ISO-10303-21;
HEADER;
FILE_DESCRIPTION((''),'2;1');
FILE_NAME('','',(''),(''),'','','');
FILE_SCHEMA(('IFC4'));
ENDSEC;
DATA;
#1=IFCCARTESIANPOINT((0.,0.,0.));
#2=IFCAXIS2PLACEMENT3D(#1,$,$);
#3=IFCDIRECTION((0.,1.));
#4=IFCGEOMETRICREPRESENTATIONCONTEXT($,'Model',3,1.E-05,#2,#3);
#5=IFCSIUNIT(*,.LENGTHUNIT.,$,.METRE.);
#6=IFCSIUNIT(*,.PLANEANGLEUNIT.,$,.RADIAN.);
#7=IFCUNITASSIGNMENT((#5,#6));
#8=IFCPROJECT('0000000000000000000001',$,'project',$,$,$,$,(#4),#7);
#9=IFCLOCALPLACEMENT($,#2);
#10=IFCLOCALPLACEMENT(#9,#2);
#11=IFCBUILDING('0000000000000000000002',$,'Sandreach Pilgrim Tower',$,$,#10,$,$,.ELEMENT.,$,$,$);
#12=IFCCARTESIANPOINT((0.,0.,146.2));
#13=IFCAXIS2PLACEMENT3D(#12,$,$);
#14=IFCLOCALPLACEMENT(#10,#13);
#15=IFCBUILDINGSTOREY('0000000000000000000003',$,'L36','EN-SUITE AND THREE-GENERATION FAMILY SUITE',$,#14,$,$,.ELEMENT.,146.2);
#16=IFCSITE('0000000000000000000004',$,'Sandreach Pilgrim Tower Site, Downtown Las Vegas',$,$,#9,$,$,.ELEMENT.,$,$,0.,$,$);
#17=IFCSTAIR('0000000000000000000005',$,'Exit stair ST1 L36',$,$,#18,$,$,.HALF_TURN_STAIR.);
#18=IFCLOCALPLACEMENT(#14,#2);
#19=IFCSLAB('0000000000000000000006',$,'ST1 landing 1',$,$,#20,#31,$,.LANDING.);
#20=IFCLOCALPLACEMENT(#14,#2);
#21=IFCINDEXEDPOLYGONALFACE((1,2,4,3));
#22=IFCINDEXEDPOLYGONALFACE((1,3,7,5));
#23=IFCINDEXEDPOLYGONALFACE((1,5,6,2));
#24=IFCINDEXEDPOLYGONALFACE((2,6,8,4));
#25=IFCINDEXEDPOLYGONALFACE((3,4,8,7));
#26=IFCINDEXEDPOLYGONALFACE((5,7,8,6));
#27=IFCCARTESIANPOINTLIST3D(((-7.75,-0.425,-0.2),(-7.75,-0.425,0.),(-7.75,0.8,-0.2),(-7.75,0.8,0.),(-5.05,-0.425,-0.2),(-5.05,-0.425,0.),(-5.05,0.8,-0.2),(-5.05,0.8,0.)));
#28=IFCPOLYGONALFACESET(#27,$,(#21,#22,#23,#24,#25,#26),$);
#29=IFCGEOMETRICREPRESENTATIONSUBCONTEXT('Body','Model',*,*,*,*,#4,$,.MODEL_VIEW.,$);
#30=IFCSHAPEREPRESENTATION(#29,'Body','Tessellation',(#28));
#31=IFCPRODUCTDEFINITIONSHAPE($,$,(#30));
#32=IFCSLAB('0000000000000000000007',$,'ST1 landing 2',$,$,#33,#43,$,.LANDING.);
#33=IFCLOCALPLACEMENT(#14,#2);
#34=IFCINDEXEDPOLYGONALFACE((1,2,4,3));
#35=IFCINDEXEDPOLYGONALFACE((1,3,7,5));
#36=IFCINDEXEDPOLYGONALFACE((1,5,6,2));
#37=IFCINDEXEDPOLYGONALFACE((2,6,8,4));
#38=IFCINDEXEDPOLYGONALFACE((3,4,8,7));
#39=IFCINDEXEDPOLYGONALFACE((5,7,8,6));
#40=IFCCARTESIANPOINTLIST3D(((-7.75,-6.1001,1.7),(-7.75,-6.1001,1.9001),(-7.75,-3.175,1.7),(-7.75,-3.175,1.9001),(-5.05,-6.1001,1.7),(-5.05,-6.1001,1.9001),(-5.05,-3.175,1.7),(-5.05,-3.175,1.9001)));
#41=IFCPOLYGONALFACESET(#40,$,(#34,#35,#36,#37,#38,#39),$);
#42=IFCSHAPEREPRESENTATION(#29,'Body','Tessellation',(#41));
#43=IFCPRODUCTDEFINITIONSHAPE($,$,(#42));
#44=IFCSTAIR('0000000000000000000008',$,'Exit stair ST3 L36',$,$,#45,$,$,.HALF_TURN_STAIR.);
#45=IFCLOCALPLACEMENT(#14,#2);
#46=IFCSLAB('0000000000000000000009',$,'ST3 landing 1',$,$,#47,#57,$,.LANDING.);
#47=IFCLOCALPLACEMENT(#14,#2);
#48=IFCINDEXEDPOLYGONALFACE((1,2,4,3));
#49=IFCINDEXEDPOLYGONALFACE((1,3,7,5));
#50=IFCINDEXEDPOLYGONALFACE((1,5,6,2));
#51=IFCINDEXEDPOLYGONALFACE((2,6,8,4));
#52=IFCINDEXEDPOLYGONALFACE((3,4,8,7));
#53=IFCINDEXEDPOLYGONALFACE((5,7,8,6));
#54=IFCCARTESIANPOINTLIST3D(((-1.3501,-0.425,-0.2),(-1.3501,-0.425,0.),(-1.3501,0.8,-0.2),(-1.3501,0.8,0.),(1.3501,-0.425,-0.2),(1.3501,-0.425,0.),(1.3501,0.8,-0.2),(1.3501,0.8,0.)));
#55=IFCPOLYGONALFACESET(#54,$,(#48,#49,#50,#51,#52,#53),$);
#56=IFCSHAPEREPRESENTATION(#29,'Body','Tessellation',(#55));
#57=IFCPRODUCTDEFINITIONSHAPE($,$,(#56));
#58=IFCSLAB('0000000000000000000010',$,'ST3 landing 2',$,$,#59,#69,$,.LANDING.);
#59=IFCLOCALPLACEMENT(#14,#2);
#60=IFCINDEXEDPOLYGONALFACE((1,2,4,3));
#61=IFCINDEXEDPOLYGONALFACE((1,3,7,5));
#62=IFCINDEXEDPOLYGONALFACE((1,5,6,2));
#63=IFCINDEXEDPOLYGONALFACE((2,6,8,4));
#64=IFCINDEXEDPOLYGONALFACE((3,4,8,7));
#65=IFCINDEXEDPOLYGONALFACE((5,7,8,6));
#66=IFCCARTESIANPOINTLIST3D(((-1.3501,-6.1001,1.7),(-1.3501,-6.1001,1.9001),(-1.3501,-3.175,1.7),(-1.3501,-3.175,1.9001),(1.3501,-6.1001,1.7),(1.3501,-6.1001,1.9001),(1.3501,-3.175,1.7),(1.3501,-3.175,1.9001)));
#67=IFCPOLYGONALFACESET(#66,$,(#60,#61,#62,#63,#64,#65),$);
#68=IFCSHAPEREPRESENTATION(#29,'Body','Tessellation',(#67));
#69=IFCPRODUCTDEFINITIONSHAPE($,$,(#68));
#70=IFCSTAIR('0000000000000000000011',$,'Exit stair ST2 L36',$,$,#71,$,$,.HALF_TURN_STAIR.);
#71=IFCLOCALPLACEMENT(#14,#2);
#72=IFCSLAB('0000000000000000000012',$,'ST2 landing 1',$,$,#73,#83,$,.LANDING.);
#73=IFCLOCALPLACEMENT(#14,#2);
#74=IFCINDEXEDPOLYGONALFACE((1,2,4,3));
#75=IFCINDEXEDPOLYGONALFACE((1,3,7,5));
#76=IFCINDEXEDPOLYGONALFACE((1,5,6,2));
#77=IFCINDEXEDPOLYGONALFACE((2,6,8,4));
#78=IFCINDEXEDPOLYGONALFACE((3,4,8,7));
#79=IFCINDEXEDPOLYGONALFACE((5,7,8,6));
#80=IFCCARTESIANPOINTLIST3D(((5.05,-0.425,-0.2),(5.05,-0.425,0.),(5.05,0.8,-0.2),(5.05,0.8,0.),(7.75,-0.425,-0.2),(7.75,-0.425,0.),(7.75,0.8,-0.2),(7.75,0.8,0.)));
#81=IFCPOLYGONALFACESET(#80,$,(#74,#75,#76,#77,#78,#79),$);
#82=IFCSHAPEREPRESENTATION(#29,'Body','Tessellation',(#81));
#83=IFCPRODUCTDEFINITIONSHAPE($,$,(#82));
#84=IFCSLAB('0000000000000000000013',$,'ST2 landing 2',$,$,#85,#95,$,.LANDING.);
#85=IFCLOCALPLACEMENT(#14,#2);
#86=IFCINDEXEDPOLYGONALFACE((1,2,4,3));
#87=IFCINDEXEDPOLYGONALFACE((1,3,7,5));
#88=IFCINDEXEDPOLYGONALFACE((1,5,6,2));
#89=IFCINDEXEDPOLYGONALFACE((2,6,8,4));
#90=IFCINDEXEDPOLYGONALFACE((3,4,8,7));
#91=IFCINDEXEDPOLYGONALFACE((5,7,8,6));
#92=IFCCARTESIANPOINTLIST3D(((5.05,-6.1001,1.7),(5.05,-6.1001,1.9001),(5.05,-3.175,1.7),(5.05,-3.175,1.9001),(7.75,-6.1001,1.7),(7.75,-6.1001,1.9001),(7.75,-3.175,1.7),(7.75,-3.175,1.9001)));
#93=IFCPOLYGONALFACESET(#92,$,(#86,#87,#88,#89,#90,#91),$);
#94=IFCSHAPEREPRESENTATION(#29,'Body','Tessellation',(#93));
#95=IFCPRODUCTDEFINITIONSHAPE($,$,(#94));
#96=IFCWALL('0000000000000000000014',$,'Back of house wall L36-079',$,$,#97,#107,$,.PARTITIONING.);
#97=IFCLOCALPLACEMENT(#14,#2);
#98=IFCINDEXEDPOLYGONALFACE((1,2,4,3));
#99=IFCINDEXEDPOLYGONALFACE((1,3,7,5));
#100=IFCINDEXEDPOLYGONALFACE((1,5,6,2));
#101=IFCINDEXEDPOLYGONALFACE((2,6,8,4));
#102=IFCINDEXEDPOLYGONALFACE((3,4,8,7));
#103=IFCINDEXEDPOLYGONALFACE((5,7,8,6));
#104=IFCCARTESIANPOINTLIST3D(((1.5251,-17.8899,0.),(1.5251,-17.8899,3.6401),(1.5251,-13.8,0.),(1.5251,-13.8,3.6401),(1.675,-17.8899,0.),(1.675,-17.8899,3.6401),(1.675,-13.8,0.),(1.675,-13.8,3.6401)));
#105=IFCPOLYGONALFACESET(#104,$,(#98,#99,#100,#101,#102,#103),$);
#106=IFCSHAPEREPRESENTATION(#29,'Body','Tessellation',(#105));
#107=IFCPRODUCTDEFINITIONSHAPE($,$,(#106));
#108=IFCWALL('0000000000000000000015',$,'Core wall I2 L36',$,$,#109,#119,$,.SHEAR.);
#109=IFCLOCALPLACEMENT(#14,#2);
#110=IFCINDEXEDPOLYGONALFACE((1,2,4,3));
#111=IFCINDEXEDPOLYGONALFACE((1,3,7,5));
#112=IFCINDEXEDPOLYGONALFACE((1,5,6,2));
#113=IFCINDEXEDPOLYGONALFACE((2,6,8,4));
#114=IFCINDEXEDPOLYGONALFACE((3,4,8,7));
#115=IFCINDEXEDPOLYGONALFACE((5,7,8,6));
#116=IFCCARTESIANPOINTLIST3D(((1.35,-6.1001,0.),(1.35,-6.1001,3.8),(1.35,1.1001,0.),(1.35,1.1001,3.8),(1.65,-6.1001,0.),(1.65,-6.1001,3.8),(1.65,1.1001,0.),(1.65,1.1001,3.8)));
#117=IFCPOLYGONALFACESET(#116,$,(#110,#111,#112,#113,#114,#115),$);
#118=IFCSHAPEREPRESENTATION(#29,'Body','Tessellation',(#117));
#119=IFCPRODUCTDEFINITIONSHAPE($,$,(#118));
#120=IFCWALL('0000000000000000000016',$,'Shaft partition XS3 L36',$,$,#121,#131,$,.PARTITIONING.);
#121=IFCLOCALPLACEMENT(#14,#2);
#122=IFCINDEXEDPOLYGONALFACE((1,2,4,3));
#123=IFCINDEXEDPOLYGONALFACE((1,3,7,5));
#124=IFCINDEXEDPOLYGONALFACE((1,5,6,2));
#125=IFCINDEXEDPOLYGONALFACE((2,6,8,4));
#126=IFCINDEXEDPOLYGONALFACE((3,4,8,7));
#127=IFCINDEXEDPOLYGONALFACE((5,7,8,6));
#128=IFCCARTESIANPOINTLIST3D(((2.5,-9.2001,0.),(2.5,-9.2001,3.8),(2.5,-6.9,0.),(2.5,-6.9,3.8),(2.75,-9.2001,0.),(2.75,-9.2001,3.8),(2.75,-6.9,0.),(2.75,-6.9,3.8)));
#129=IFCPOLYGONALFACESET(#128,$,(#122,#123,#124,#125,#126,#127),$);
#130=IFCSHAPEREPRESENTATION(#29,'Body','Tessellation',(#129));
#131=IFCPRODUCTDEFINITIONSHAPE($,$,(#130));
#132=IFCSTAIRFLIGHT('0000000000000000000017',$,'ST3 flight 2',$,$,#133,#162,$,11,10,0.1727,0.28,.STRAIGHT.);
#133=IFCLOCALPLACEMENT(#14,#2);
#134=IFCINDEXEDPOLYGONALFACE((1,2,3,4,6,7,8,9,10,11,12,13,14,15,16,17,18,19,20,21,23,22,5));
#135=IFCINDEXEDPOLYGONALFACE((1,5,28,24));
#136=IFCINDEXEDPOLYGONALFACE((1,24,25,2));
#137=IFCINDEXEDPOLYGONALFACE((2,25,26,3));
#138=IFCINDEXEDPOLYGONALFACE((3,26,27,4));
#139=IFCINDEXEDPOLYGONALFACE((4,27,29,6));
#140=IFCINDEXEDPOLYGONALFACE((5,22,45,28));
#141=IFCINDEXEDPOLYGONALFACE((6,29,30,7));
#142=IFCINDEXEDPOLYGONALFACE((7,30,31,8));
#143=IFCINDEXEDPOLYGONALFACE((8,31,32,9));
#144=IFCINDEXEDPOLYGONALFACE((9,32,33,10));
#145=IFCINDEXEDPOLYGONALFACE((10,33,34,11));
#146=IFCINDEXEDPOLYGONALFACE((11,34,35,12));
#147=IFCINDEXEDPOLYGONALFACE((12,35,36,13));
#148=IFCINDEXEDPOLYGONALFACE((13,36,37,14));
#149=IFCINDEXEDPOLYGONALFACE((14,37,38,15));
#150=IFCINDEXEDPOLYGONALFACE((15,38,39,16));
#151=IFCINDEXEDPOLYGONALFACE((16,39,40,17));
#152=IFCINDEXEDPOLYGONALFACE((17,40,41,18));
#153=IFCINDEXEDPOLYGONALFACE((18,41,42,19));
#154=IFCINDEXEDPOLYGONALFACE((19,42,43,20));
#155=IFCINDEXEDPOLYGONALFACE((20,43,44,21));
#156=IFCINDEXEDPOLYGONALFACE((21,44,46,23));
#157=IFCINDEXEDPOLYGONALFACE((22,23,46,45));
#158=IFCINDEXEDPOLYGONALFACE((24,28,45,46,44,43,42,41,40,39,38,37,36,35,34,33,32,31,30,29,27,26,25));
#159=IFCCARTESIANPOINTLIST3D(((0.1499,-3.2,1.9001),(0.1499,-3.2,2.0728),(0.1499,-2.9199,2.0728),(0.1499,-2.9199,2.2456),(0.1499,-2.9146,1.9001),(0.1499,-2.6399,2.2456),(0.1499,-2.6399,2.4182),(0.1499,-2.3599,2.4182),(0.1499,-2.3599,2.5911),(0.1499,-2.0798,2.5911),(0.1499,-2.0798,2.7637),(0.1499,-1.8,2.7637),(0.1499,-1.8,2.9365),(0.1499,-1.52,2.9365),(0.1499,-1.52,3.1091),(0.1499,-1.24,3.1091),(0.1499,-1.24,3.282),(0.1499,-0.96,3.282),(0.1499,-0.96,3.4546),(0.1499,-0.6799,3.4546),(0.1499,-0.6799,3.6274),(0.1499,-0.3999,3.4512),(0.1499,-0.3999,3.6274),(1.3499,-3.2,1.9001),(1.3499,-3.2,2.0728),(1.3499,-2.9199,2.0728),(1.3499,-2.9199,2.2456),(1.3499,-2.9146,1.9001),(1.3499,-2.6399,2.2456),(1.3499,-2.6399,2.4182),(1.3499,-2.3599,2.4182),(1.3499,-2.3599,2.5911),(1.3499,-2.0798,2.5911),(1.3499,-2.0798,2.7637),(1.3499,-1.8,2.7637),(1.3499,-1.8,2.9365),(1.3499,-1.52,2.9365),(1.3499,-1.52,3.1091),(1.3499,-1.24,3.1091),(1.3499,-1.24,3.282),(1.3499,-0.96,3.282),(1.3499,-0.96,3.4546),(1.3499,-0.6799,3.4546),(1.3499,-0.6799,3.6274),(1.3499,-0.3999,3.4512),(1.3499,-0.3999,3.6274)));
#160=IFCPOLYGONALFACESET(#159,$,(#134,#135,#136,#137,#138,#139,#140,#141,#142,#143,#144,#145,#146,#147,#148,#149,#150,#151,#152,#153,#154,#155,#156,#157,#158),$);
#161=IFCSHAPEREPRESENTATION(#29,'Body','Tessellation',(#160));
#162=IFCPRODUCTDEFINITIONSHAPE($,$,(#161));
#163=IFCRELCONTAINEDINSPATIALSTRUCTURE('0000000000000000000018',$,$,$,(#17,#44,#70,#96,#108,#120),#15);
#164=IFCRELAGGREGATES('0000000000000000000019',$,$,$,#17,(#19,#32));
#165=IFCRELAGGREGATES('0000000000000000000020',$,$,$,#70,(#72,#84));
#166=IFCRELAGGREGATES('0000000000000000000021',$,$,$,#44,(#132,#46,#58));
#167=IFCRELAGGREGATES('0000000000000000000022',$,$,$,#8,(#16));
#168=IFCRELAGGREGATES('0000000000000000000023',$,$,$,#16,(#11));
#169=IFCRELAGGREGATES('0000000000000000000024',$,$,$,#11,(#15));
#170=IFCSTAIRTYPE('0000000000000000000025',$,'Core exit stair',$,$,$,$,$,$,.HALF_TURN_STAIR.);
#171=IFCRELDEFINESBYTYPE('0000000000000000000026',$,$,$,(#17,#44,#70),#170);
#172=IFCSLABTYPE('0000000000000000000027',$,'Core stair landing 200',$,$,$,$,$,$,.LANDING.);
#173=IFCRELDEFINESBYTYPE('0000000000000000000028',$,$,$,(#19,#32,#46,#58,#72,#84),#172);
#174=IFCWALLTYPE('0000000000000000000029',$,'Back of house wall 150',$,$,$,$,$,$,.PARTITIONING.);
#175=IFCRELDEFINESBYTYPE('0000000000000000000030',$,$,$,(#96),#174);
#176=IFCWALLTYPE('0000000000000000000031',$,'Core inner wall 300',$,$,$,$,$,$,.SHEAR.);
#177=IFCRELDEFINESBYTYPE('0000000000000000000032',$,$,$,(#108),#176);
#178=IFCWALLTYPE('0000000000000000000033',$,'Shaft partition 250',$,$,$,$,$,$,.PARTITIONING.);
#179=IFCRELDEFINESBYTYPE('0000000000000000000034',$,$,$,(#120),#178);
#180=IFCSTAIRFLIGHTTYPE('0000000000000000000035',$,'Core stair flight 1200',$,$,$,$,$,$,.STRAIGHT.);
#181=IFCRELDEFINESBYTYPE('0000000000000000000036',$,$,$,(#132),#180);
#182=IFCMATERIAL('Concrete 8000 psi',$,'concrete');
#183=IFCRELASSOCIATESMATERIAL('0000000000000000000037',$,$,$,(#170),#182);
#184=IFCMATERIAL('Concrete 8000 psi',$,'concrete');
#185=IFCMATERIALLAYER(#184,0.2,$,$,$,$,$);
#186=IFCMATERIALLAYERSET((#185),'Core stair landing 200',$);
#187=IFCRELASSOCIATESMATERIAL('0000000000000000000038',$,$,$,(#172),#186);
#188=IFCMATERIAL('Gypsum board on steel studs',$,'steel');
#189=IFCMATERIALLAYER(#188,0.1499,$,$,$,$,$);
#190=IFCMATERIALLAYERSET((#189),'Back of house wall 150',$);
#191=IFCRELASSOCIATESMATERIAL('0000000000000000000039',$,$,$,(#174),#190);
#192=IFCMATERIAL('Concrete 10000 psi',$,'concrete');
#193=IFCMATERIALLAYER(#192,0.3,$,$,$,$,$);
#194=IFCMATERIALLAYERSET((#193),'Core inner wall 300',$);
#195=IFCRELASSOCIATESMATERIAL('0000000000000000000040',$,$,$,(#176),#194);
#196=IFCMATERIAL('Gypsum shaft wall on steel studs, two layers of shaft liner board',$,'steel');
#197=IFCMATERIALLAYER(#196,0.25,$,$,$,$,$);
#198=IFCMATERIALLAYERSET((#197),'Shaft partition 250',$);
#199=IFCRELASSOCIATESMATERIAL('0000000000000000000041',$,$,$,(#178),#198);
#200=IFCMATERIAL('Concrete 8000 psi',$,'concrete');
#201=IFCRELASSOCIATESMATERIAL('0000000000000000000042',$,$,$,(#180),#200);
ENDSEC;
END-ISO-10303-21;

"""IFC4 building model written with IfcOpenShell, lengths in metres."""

from ifc_helpers import new_model, si_unit, direction, frame, frame_2d, origin, place, context, subcontext, project, spatial, polyline, rectangle, outline, extrude, material, layer, layer_set, type_object, element, aggregate, save


model = new_model("IFC4")

# Units and contexts
model_context = context("Model", 3, precision=1e-05, world=origin(), true_north=direction((0.0, 1.0)))
body_context = subcontext(model_context, "Body", "Model", "MODEL_VIEW")
ifc_project = project(units=[si_unit("LENGTHUNIT", "METRE"), si_unit("PLANEANGLEUNIT", "RADIAN")], contexts=[model_context])

# Site, building, storey
site_placement = place(None, origin())
site = spatial("IfcSite", under=ifc_project, at=site_placement, Name="Sandreach Pilgrim Tower Site, Downtown Las Vegas", CompositionType="ELEMENT", RefElevation=0.0)
building_placement = place(site_placement, origin())
building = spatial("IfcBuilding", under=site, at=building_placement, Name="Sandreach Pilgrim Tower", CompositionType="ELEMENT")
storey_placement = place(building_placement, frame((0.0, 0.0, 146.2)))
storey = spatial("IfcBuildingStorey", under=building, at=storey_placement, Name="L36", Description="EN-SUITE AND THREE-GENERATION FAMILY SUITE", CompositionType="ELEMENT", Elevation=146.2)

# Stairs, slabs
ifc_material_1 = material(Name="Concrete 8000 psi", Category="concrete")
stair_type = type_object("IfcStairType", Name="Core exit stair", PredefinedType="HALF_TURN_STAIR", material=ifc_material_1)
stair_1_placement = place(storey_placement, origin())
stair_1 = element("IfcStair", 1, at=stair_1_placement, inside=storey, type_object=stair_type, Name="Exit stair ST1 L36", PredefinedType="HALF_TURN_STAIR")
ifc_material_2 = material(Name="Concrete 8000 psi", Category="concrete")
ifc_layer_1 = layer(ifc_material_2, 0.2)
ifc_layer_set_1 = layer_set([ifc_layer_1], Name="Core stair landing 200")
slab_type = type_object("IfcSlabType", Name="Core stair landing 200", PredefinedType="LANDING", material=ifc_layer_set_1)
slab_1_placement = place(storey_placement, frame((0.0, 0.0, -0.2)))
slab_1 = element("IfcSlab", 2, at=slab_1_placement, type_object=slab_type, Name="ST1 landing 1", PredefinedType="LANDING", context=body_context, shape_type="SweptSolid", body=[
    extrude(outline(polyline([(-7.75, -0.425), (-5.05, -0.425), (-5.05, 0.8), (-7.75, 0.8), (-7.75, -0.425)])), origin(), (0.0, 0.0, 1.0), 0.2),
])
slab_2_placement = place(storey_placement, frame((0.0, 0.0, 1.7)))
slab_2 = element("IfcSlab", 3, at=slab_2_placement, type_object=slab_type, Name="ST1 landing 2", PredefinedType="LANDING", context=body_context, shape_type="SweptSolid", body=[
    extrude(outline(polyline([(-7.75, -6.1001), (-5.05, -6.1001), (-5.05, -3.175), (-7.75, -3.175), (-7.75, -6.1001)])), origin(), (0.0, 0.0, 1.0), 0.2002),
])
aggregate(stair_1, [slab_1, slab_2])
stair_2_placement = place(storey_placement, origin())
stair_2 = element("IfcStair", 4, at=stair_2_placement, inside=storey, type_object=stair_type, Name="Exit stair ST3 L36", PredefinedType="HALF_TURN_STAIR")
slab_3_placement = place(storey_placement, frame((0.0, 0.0, -0.2)))
slab_3 = element("IfcSlab", 5, at=slab_3_placement, type_object=slab_type, Name="ST3 landing 1", PredefinedType="LANDING", context=body_context, shape_type="SweptSolid", body=[
    extrude(outline(polyline([(-1.3501, -0.425), (1.3501, -0.425), (1.3501, 0.8), (-1.3501, 0.8), (-1.3501, -0.425)])), origin(), (0.0, 0.0, 1.0), 0.2),
])
slab_4_placement = place(storey_placement, frame((0.0, 0.0, 1.7)))
slab_4 = element("IfcSlab", 6, at=slab_4_placement, type_object=slab_type, Name="ST3 landing 2", PredefinedType="LANDING", context=body_context, shape_type="SweptSolid", body=[
    extrude(outline(polyline([(-1.3501, -6.1001), (1.3501, -6.1001), (1.3501, -3.175), (-1.3501, -3.175), (-1.3501, -6.1001)])), origin(), (0.0, 0.0, 1.0), 0.2002),
])
stair_3_placement = place(storey_placement, origin())
stair_3 = element("IfcStair", 7, at=stair_3_placement, inside=storey, type_object=stair_type, Name="Exit stair ST2 L36", PredefinedType="HALF_TURN_STAIR")
slab_5_placement = place(storey_placement, frame((0.0, 0.0, -0.2)))
slab_5 = element("IfcSlab", 8, at=slab_5_placement, type_object=slab_type, Name="ST2 landing 1", PredefinedType="LANDING", context=body_context, shape_type="SweptSolid", body=[
    extrude(outline(polyline([(5.05, -0.425), (7.75, -0.425), (7.75, 0.8), (5.05, 0.8), (5.05, -0.425)])), origin(), (0.0, 0.0, 1.0), 0.2),
])
slab_6_placement = place(storey_placement, frame((0.0, 0.0, 1.7)))
slab_6 = element("IfcSlab", 9, at=slab_6_placement, type_object=slab_type, Name="ST2 landing 2", PredefinedType="LANDING", context=body_context, shape_type="SweptSolid", body=[
    extrude(outline(polyline([(5.05, -6.1001), (7.75, -6.1001), (7.75, -3.175), (5.05, -3.175), (5.05, -6.1001)])), origin(), (0.0, 0.0, 1.0), 0.2002),
])
aggregate(stair_3, [slab_5, slab_6])

# Walls
ifc_material_3 = material(Name="Gypsum board on steel studs", Category="steel")
ifc_layer_2 = layer(ifc_material_3, 0.1499)
ifc_layer_set_2 = layer_set([ifc_layer_2], Name="Back of house wall 150")
wall_type_1 = type_object("IfcWallType", Name="Back of house wall 150", PredefinedType="PARTITIONING", material=ifc_layer_set_2)
wall_1_placement = place(storey_placement, frame((1.6001, -13.8, 0.0), z_axis=(0.0, 0.0, 1.0), x_axis=(0.0, -1.0, 0.0)))
element("IfcWall", 10, at=wall_1_placement, inside=storey, type_object=wall_type_1, Name="Back of house wall L36-079", PredefinedType="PARTITIONING", context=body_context, shape_type="SweptSolid", body=[
    extrude(rectangle(XDim=4.0898, YDim=0.1499, at=frame_2d((2.0449, 0.0))), origin(), (0.0, 0.0, 1.0), 3.6401),
])
ifc_material_4 = material(Name="Concrete 10000 psi", Category="concrete")
ifc_layer_3 = layer(ifc_material_4, 0.3)
ifc_layer_set_3 = layer_set([ifc_layer_3], Name="Core inner wall 300")
wall_type_2 = type_object("IfcWallType", Name="Core inner wall 300", PredefinedType="SHEAR", material=ifc_layer_set_3)
wall_2_placement = place(storey_placement, frame((1.5, -6.1001, 0.0), z_axis=(0.0, 0.0, 1.0), x_axis=(0.0, 1.0, 0.0)))
element("IfcWall", 11, at=wall_2_placement, inside=storey, type_object=wall_type_2, Name="Core wall I2 L36", PredefinedType="SHEAR", context=body_context, shape_type="SweptSolid", body=[
    extrude(rectangle(XDim=7.2002, YDim=0.3, at=frame_2d((3.6001, 0.0))), origin(), (0.0, 0.0, 1.0), 3.8),
])

# Wall
ifc_material_5 = material(Name="Gypsum shaft wall on steel studs, two layers of shaft liner board", Category="steel")
ifc_layer_4 = layer(ifc_material_5, 0.25)
ifc_layer_set_4 = layer_set([ifc_layer_4], Name="Shaft partition 250")
wall_type_3 = type_object("IfcWallType", Name="Shaft partition 250", PredefinedType="PARTITIONING", material=ifc_layer_set_4)
wall_3_placement = place(storey_placement, frame((2.625, -9.2, 0.0), z_axis=(0.0, 0.0, 1.0), x_axis=(0.0, 1.0, 0.0)))
element("IfcWall", 12, at=wall_3_placement, inside=storey, type_object=wall_type_3, Name="Shaft partition XS3 L36", PredefinedType="PARTITIONING", context=body_context, shape_type="SweptSolid", body=[
    extrude(rectangle(XDim=2.3, YDim=0.25, at=frame_2d((1.1499, 0.0))), origin(), (0.0, 0.0, 1.0), 3.8),
])

# Stair flight
ifc_material_6 = material(Name="Concrete 8000 psi", Category="concrete")
stair_flight_type = type_object("IfcStairFlightType", Name="Core stair flight 1200", PredefinedType="STRAIGHT", material=ifc_material_6)
stair_flight_placement = place(storey_placement, frame((0.75, -3.2, 1.9001), z_axis=(0.0, 0.0, 1.0), x_axis=(0.0, 1.0, 0.0)))
stair_flight = element("IfcStairFlight", 13, at=stair_flight_placement, type_object=stair_flight_type, Name="ST3 flight 2", NumberOfRisers=11, NumberOfTreads=10, PredefinedType="STRAIGHT", RiserHeight=0.1727, TreadLength=0.28, context=body_context, shape_type="SweptSolid", body=[
    extrude(outline(polyline([(0.0, 0.0), (0.0, 0.1726), (0.28, 0.1726), (0.28, 0.3455), (0.5601, 0.3455), (0.5601, 0.5181), (0.8401, 0.5181), (0.8401, 0.6909), (1.1201, 0.6909), (1.1201, 0.8635), (1.3999, 0.8635), (1.3999, 1.0364), (1.6799, 1.0364), (1.6799, 1.209), (1.96, 1.209), (1.96, 1.3818), (2.24, 1.3818), (2.24, 1.5544), (2.52, 1.5544), (2.52, 1.7273), (2.8, 1.7273), (2.8, 1.8999), (2.8, 1.551), (0.2854, 0.0), (0.0, 0.0)])), frame((0.0, 0.6001, 0.0), z_axis=(0.0, -1.0, 0.0), x_axis=(1.0, 0.0, 0.0)), (0.0, 0.0, 1.0), 1.2),
])
aggregate(stair_2, [stair_flight, slab_3, slab_4])

save(model, "model.ifc")
